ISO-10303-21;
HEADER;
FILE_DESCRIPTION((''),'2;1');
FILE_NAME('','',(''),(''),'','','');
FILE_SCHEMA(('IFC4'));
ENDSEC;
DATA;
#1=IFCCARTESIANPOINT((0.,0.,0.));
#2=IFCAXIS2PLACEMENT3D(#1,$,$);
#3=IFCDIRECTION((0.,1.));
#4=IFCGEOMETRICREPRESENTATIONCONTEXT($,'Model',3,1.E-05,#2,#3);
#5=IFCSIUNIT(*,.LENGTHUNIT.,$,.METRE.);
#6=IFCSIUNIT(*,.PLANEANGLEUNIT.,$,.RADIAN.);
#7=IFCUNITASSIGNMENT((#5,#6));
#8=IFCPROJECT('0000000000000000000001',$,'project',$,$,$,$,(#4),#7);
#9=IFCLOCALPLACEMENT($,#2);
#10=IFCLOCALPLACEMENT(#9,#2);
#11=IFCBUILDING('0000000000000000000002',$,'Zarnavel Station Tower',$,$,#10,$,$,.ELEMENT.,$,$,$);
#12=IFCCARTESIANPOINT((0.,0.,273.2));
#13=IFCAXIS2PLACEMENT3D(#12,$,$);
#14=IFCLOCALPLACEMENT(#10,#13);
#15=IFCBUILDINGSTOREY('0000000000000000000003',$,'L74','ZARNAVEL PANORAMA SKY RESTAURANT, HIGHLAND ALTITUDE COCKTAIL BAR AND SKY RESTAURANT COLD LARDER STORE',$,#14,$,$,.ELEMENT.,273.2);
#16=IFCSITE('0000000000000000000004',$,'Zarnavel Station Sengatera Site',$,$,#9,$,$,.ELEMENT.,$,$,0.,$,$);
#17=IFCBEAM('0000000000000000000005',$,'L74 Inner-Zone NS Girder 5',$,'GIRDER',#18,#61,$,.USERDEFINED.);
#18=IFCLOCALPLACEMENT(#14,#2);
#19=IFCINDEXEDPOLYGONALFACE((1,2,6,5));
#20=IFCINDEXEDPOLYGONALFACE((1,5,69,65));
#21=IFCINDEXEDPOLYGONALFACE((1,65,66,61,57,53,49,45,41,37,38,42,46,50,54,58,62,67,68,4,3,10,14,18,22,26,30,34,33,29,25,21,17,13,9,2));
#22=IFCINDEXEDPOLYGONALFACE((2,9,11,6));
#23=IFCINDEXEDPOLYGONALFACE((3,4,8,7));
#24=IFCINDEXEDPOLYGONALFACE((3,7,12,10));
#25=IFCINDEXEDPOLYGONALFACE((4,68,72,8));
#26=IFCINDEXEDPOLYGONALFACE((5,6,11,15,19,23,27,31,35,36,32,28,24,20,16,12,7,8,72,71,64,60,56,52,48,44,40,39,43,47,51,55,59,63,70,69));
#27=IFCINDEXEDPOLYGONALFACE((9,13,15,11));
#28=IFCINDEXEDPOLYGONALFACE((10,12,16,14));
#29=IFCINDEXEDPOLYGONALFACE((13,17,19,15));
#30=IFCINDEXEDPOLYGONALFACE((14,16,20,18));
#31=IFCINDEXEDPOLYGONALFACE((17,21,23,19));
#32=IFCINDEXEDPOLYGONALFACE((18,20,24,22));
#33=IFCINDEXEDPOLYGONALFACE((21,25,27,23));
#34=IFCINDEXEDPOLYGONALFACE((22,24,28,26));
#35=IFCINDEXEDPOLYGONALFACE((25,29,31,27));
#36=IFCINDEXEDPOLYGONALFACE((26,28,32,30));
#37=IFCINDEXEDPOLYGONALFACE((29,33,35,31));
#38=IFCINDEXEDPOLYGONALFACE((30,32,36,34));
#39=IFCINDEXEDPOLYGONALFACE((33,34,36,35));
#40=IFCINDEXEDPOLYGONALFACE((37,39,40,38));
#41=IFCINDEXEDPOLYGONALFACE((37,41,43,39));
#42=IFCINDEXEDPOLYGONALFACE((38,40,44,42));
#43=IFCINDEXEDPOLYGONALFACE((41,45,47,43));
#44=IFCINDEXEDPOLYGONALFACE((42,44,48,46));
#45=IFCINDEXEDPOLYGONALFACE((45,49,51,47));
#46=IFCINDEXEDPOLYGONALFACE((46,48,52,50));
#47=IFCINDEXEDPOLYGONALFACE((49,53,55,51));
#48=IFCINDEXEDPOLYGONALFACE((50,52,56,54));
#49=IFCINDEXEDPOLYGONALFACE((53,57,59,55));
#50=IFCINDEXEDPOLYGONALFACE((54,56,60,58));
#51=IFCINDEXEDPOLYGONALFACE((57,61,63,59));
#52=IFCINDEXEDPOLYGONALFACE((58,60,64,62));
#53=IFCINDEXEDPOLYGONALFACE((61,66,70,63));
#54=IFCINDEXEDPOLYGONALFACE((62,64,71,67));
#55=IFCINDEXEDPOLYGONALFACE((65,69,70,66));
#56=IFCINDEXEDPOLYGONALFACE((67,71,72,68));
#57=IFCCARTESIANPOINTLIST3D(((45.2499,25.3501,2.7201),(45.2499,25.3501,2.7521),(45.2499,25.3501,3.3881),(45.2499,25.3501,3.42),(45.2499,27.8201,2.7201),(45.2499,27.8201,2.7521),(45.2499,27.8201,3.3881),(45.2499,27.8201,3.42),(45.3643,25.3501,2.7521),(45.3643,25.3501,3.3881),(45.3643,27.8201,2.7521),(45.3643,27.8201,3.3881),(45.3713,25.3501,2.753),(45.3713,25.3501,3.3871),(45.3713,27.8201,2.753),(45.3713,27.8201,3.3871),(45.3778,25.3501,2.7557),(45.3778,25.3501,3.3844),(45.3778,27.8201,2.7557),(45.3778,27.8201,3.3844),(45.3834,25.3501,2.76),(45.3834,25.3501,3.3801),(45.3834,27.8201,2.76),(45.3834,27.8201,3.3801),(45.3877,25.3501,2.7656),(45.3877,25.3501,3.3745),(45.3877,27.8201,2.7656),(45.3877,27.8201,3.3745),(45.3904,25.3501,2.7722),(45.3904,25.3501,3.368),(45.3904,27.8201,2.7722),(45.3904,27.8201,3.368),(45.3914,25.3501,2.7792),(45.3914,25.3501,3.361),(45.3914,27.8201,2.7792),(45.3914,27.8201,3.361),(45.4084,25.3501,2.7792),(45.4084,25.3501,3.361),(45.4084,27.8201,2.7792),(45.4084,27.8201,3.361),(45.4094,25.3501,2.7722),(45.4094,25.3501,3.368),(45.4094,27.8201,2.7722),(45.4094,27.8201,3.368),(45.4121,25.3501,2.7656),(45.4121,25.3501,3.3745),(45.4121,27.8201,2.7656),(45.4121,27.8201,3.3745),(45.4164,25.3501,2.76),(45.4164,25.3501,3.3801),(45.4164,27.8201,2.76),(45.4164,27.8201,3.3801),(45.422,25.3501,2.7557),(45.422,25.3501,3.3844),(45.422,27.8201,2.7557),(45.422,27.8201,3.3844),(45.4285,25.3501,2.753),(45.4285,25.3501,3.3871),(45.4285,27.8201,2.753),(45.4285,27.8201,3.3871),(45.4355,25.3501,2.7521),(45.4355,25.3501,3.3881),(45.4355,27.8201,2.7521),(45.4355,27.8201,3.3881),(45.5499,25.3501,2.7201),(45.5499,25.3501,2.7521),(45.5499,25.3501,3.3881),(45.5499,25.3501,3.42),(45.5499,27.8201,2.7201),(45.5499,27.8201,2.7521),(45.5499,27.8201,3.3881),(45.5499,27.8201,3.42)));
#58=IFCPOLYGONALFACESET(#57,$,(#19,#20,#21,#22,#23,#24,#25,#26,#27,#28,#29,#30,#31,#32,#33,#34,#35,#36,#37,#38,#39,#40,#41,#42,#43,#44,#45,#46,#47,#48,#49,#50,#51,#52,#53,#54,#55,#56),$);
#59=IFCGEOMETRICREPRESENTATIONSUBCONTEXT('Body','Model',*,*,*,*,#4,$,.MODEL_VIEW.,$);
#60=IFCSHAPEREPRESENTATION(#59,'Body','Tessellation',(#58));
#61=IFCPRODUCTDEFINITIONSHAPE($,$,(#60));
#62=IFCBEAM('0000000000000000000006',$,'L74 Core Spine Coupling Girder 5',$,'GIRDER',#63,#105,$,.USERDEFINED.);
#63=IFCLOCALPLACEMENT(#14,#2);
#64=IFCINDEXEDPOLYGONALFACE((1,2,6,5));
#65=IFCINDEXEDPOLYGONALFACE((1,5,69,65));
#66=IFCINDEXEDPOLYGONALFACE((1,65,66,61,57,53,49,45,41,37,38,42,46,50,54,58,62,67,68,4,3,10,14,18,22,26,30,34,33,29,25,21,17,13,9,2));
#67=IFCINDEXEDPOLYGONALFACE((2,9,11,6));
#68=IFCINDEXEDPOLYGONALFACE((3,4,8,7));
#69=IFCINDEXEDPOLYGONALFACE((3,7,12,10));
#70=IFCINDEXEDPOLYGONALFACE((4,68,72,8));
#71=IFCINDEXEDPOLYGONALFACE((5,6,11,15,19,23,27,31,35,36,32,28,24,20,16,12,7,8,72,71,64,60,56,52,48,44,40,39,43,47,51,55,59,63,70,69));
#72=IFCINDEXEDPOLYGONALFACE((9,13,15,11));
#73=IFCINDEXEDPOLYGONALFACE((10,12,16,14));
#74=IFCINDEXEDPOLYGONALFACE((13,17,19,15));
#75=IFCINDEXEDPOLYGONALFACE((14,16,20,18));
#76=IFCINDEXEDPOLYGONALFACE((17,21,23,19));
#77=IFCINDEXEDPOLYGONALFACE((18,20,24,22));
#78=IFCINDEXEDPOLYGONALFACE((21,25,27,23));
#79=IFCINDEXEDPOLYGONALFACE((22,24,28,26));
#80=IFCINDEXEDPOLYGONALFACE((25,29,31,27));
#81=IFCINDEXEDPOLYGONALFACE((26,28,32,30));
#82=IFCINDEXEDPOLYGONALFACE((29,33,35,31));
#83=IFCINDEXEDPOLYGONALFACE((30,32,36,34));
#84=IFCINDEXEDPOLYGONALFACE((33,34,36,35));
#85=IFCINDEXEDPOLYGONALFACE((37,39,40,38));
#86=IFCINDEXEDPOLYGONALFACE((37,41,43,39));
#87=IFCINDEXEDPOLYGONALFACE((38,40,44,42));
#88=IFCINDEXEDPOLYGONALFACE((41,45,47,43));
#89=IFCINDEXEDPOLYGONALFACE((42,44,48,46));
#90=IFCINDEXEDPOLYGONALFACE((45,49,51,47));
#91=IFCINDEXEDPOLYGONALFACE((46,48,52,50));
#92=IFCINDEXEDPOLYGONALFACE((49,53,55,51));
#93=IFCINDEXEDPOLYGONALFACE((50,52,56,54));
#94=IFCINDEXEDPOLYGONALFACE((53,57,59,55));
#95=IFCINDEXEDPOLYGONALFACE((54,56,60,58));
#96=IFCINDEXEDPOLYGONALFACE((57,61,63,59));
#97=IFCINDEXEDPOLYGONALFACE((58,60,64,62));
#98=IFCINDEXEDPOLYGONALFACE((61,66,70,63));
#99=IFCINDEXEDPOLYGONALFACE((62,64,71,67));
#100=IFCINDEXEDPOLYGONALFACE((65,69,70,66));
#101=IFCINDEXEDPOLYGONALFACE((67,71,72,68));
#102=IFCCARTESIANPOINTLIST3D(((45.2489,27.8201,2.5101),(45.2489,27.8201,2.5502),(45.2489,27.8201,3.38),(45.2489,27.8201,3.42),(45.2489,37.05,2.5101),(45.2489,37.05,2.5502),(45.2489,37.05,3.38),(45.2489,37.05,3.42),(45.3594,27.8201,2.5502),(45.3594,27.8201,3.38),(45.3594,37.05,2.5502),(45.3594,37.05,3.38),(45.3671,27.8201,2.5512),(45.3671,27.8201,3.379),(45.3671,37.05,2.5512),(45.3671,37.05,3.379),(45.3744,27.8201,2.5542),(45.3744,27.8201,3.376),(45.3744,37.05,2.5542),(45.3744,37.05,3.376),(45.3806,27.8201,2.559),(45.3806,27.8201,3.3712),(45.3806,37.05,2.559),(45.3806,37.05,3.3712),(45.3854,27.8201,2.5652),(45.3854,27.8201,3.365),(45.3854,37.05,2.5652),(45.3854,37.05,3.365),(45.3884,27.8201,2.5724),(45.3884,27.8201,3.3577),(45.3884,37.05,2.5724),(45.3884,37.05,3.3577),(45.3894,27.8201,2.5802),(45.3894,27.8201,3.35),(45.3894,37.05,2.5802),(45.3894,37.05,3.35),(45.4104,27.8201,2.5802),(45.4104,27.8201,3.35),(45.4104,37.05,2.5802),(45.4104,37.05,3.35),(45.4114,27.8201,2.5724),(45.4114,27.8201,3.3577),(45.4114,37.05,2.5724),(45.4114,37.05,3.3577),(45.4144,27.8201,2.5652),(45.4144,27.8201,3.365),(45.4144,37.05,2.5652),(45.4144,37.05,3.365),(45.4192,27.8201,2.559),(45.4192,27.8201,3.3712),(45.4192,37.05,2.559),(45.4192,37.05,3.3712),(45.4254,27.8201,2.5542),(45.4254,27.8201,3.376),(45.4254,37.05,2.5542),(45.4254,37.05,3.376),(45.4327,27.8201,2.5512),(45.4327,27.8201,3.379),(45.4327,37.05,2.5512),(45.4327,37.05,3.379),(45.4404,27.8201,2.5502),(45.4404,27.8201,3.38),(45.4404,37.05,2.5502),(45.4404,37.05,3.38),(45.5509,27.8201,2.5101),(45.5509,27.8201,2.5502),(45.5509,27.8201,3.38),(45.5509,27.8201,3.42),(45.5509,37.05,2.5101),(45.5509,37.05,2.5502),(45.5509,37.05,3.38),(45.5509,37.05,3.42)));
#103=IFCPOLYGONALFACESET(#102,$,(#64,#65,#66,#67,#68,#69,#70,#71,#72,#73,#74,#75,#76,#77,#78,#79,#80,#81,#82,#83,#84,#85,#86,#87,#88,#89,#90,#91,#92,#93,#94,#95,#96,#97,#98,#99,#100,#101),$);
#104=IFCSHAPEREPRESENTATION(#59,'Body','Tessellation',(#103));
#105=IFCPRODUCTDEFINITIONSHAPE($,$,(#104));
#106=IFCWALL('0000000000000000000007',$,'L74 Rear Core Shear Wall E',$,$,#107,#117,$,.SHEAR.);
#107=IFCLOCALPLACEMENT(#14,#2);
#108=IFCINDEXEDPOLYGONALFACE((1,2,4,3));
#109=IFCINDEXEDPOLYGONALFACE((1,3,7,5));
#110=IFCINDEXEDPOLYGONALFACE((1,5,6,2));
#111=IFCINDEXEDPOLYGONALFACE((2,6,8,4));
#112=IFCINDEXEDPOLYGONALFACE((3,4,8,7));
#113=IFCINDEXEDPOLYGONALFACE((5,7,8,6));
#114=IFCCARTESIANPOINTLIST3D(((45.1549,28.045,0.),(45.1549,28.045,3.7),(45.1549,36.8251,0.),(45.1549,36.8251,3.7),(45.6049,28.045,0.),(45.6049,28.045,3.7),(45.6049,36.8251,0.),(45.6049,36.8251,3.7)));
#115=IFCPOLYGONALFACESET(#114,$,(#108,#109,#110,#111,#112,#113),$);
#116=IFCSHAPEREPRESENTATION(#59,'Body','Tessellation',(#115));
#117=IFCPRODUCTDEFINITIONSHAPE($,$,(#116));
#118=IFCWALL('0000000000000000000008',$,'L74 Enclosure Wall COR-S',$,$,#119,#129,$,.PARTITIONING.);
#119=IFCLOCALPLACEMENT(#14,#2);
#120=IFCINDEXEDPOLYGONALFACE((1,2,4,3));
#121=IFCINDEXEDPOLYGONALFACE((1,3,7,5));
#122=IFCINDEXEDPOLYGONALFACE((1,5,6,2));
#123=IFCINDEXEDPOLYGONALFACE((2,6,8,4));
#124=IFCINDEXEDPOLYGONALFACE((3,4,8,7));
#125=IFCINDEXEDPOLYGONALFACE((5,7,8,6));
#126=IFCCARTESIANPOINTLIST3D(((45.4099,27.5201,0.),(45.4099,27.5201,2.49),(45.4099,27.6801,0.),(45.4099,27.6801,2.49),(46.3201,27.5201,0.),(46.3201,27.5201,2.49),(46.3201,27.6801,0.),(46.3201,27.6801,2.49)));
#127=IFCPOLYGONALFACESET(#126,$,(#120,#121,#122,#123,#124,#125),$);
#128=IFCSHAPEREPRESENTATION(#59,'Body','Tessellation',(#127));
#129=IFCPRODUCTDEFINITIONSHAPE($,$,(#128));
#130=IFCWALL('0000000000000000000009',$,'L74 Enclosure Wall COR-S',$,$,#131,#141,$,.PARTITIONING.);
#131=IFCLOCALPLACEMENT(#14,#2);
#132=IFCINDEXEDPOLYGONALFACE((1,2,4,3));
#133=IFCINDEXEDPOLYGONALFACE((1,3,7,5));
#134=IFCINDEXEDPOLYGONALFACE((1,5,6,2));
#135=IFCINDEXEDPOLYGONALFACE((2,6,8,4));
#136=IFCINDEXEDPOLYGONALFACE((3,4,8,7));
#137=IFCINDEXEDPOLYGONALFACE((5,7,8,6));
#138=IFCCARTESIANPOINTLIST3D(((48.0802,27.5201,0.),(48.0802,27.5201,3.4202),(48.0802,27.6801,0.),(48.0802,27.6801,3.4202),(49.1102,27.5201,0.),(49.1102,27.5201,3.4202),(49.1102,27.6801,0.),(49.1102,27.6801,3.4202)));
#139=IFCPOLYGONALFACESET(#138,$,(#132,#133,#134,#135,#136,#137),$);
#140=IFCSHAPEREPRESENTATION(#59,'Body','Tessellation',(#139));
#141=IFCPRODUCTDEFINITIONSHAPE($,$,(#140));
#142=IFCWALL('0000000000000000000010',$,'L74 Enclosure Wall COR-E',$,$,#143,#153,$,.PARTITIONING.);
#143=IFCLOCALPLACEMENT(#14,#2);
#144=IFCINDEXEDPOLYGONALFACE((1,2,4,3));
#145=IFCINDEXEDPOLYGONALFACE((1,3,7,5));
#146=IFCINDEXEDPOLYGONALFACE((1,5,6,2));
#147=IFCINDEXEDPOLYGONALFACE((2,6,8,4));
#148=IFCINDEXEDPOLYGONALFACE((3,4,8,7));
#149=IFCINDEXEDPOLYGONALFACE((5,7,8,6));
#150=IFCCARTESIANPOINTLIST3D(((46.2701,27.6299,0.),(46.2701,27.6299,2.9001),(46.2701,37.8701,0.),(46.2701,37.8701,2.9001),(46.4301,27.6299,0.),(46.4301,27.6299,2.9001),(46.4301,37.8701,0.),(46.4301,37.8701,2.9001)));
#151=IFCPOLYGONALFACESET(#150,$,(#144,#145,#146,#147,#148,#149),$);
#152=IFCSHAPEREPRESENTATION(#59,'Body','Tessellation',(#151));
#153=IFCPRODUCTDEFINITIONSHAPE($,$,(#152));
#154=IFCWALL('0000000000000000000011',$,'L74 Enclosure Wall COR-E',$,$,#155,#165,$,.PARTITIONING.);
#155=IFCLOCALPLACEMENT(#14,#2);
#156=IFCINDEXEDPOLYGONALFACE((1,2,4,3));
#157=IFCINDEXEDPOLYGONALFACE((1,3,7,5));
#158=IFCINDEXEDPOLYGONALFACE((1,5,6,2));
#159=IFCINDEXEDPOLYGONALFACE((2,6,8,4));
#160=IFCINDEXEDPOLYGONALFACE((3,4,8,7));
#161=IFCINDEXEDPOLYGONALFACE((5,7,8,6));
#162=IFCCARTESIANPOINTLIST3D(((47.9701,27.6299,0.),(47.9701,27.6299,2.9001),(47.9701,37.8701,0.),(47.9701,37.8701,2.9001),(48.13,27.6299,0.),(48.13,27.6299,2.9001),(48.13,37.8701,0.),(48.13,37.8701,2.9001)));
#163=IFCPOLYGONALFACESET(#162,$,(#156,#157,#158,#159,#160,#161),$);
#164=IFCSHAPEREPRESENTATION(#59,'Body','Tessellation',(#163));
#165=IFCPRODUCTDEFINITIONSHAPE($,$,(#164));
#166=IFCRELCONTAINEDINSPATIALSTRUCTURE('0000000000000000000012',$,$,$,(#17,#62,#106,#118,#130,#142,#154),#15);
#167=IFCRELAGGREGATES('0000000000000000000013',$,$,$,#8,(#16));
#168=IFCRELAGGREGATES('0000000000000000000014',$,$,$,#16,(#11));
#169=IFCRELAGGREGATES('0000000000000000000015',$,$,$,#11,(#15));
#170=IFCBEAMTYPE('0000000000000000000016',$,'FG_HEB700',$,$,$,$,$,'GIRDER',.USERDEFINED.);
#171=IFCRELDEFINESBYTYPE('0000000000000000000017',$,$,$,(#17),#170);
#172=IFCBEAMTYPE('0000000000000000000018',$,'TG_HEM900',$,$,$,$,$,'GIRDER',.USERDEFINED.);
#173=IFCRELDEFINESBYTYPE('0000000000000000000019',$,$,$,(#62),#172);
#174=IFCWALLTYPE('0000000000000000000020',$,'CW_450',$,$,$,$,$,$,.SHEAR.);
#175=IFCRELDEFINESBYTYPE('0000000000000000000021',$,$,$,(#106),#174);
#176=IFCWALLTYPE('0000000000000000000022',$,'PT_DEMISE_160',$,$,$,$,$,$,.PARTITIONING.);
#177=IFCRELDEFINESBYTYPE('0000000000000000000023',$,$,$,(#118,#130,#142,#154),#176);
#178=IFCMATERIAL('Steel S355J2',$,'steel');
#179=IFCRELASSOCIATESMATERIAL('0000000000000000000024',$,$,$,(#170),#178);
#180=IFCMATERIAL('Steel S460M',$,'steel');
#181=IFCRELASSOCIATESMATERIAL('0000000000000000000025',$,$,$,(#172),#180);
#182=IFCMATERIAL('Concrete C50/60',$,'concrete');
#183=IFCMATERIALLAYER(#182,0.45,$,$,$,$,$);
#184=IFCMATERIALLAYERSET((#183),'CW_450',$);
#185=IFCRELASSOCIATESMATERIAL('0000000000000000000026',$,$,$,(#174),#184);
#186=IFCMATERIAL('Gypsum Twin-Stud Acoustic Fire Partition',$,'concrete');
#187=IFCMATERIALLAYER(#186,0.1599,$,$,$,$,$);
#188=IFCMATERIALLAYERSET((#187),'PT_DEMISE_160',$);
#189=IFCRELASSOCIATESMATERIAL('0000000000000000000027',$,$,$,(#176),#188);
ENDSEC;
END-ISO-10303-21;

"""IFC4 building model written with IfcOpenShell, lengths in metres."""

from ifc_helpers import new_model, si_unit, direction, frame, frame_2d, origin, origin_2d, place, context, subcontext, project, spatial, rectangle, i_section, extrude, material, layer, layer_set, material_profile, profile_set, type_object, element, save


model = new_model("IFC4")

# Units and contexts
model_context = context("Model", 3, precision=1e-05, world=origin(), true_north=direction((0.0, 1.0)))
body_context = subcontext(model_context, "Body", "Model", "MODEL_VIEW")
ifc_project = project(units=[si_unit("LENGTHUNIT", "METRE"), si_unit("PLANEANGLEUNIT", "RADIAN")], contexts=[model_context])

# Site, building, storey
site_placement = place(None, origin())
site = spatial("IfcSite", under=ifc_project, at=site_placement, Name="Zarnavel Station Sengatera Site", CompositionType="ELEMENT", RefElevation=0.0)
building_placement = place(site_placement, origin())
building = spatial("IfcBuilding", under=site, at=building_placement, Name="Zarnavel Station Tower", CompositionType="ELEMENT")
storey_placement = place(building_placement, frame((0.0, 0.0, 273.2)))
storey = spatial("IfcBuildingStorey", under=building, at=storey_placement, Name="L74", Description="ZARNAVEL PANORAMA SKY RESTAURANT, HIGHLAND ALTITUDE COCKTAIL BAR AND SKY RESTAURANT COLD LARDER STORE", CompositionType="ELEMENT", Elevation=273.2)

# Beams
ifc_material_1 = material(Name="Steel S355J2", Category="steel")
ifc_material_profile_1 = material_profile(ifc_material_1, i_section(OverallWidth=0.3, OverallDepth=0.7, WebThickness=0.0171, FlangeThickness=0.032, FilletRadius=0.0271, at=origin_2d()), Name="HEB700")
ifc_profile_set_1 = profile_set([ifc_material_profile_1], Name="Steel S355J2")
beam_type_1 = type_object("IfcBeamType", Name="FG_HEB700", ElementType="GIRDER", PredefinedType="USERDEFINED", material=ifc_profile_set_1)
beam_1_placement = place(storey_placement, frame((45.3999, 25.3501, 3.0701), z_axis=(0.0, 1.0, 0.0), x_axis=(-1.0, 0.0, 0.0)))
element("IfcBeam", 1, at=beam_1_placement, inside=storey, type_object=beam_type_1, Name="L74 Inner-Zone NS Girder 5", ObjectType="GIRDER", PredefinedType="USERDEFINED", context=body_context, shape_type="SweptSolid", body=[
    extrude(i_section(OverallWidth=0.3, OverallDepth=0.7, WebThickness=0.0171, FlangeThickness=0.032, FilletRadius=0.0271, at=origin_2d()), origin(), (0.0, 0.0, 1.0), 2.47),
])
ifc_material_2 = material(Name="Steel S460M", Category="steel")
ifc_material_profile_2 = material_profile(ifc_material_2, i_section(OverallWidth=0.302, OverallDepth=0.9099, WebThickness=0.021, FlangeThickness=0.04, FilletRadius=0.03, at=origin_2d()), Name="HEM900")
ifc_profile_set_2 = profile_set([ifc_material_profile_2], Name="Steel S460M")
beam_type_2 = type_object("IfcBeamType", Name="TG_HEM900", ElementType="GIRDER", PredefinedType="USERDEFINED", material=ifc_profile_set_2)
beam_2_placement = place(storey_placement, frame((45.3999, 27.8201, 2.9651), z_axis=(0.0, 1.0, 0.0), x_axis=(-1.0, 0.0, 0.0)))
element("IfcBeam", 2, at=beam_2_placement, inside=storey, type_object=beam_type_2, Name="L74 Core Spine Coupling Girder 5", ObjectType="GIRDER", PredefinedType="USERDEFINED", context=body_context, shape_type="SweptSolid", body=[
    extrude(i_section(OverallWidth=0.302, OverallDepth=0.9099, WebThickness=0.021, FlangeThickness=0.04, FilletRadius=0.03, at=origin_2d()), origin(), (0.0, 0.0, 1.0), 9.23),
])

# Shared definitions
ifc_material_3 = material(Name="Concrete C50/60", Category="concrete")
ifc_layer_1 = layer(ifc_material_3, 0.45)
ifc_layer_set_1 = layer_set([ifc_layer_1], Name="CW_450")
wall_type_1 = type_object("IfcWallType", Name="CW_450", PredefinedType="SHEAR", material=ifc_layer_set_1)

# Wall
wall_1_placement = place(storey_placement, frame((45.3799, 28.0449, 0.0), z_axis=(0.0, 0.0, 1.0), x_axis=(0.0, 1.0, 0.0)))
element("IfcWall", 3, at=wall_1_placement, inside=storey, type_object=wall_type_1, Name="L74 Rear Core Shear Wall E", PredefinedType="SHEAR", context=body_context, shape_type="SweptSolid", body=[
    extrude(rectangle(XDim=8.78, YDim=0.45, at=frame_2d((4.3901, 0.0))), origin(), (0.0, 0.0, 1.0), 3.7),
])

# Shared definitions
ifc_material_4 = material(Name="Gypsum Twin-Stud Acoustic Fire Partition", Category="concrete")
ifc_layer_2 = layer(ifc_material_4, 0.1599)
ifc_layer_set_2 = layer_set([ifc_layer_2], Name="PT_DEMISE_160")
wall_type_2 = type_object("IfcWallType", Name="PT_DEMISE_160", PredefinedType="PARTITIONING", material=ifc_layer_set_2)

# Walls
wall_2_placement = place(storey_placement, frame((45.4099, 27.6001, 0.0), z_axis=(0.0, 0.0, 1.0), x_axis=(1.0, 0.0, 0.0)))
element("IfcWall", 4, at=wall_2_placement, inside=storey, type_object=wall_type_2, Name="L74 Enclosure Wall COR-S", PredefinedType="PARTITIONING", context=body_context, shape_type="SweptSolid", body=[
    extrude(rectangle(XDim=0.9102, YDim=0.1599, at=frame_2d((0.4551, 0.0))), origin(), (0.0, 0.0, 1.0), 2.49),
])
wall_3_placement = place(storey_placement, frame((48.0801, 27.6001, 0.0), z_axis=(0.0, 0.0, 1.0), x_axis=(1.0, 0.0, 0.0)))
element("IfcWall", 5, at=wall_3_placement, inside=storey, type_object=wall_type_2, Name="L74 Enclosure Wall COR-S", PredefinedType="PARTITIONING", context=body_context, shape_type="SweptSolid", body=[
    extrude(rectangle(XDim=1.03, YDim=0.1599, at=frame_2d((0.5151, 0.0))), origin(), (0.0, 0.0, 1.0), 3.4202),
])
for number, where, z_axis, x_axis, name in (
    (6, (46.3501, 27.6299, 0.0), (0.0, 0.0, 1.0), (0.0, 1.0, 0.0), "L74 Enclosure Wall COR-E"),
    (7, (48.05, 27.6299, 0.0), (0.0, 0.0, 1.0), (0.0, 1.0, 0.0), "L74 Enclosure Wall COR-E"),
):
    element("IfcWall", number, at=place(storey_placement, frame(where, z_axis=z_axis, x_axis=x_axis)), inside=storey, type_object=wall_type_2, Name=name, PredefinedType="PARTITIONING", context=body_context, shape_type="SweptSolid", body=[
        extrude(rectangle(XDim=10.2402, YDim=0.1599, at=frame_2d((5.1201, 0.0))), origin(), (0.0, 0.0, 1.0), 2.9001),
    ])

save(model, "model.ifc")
